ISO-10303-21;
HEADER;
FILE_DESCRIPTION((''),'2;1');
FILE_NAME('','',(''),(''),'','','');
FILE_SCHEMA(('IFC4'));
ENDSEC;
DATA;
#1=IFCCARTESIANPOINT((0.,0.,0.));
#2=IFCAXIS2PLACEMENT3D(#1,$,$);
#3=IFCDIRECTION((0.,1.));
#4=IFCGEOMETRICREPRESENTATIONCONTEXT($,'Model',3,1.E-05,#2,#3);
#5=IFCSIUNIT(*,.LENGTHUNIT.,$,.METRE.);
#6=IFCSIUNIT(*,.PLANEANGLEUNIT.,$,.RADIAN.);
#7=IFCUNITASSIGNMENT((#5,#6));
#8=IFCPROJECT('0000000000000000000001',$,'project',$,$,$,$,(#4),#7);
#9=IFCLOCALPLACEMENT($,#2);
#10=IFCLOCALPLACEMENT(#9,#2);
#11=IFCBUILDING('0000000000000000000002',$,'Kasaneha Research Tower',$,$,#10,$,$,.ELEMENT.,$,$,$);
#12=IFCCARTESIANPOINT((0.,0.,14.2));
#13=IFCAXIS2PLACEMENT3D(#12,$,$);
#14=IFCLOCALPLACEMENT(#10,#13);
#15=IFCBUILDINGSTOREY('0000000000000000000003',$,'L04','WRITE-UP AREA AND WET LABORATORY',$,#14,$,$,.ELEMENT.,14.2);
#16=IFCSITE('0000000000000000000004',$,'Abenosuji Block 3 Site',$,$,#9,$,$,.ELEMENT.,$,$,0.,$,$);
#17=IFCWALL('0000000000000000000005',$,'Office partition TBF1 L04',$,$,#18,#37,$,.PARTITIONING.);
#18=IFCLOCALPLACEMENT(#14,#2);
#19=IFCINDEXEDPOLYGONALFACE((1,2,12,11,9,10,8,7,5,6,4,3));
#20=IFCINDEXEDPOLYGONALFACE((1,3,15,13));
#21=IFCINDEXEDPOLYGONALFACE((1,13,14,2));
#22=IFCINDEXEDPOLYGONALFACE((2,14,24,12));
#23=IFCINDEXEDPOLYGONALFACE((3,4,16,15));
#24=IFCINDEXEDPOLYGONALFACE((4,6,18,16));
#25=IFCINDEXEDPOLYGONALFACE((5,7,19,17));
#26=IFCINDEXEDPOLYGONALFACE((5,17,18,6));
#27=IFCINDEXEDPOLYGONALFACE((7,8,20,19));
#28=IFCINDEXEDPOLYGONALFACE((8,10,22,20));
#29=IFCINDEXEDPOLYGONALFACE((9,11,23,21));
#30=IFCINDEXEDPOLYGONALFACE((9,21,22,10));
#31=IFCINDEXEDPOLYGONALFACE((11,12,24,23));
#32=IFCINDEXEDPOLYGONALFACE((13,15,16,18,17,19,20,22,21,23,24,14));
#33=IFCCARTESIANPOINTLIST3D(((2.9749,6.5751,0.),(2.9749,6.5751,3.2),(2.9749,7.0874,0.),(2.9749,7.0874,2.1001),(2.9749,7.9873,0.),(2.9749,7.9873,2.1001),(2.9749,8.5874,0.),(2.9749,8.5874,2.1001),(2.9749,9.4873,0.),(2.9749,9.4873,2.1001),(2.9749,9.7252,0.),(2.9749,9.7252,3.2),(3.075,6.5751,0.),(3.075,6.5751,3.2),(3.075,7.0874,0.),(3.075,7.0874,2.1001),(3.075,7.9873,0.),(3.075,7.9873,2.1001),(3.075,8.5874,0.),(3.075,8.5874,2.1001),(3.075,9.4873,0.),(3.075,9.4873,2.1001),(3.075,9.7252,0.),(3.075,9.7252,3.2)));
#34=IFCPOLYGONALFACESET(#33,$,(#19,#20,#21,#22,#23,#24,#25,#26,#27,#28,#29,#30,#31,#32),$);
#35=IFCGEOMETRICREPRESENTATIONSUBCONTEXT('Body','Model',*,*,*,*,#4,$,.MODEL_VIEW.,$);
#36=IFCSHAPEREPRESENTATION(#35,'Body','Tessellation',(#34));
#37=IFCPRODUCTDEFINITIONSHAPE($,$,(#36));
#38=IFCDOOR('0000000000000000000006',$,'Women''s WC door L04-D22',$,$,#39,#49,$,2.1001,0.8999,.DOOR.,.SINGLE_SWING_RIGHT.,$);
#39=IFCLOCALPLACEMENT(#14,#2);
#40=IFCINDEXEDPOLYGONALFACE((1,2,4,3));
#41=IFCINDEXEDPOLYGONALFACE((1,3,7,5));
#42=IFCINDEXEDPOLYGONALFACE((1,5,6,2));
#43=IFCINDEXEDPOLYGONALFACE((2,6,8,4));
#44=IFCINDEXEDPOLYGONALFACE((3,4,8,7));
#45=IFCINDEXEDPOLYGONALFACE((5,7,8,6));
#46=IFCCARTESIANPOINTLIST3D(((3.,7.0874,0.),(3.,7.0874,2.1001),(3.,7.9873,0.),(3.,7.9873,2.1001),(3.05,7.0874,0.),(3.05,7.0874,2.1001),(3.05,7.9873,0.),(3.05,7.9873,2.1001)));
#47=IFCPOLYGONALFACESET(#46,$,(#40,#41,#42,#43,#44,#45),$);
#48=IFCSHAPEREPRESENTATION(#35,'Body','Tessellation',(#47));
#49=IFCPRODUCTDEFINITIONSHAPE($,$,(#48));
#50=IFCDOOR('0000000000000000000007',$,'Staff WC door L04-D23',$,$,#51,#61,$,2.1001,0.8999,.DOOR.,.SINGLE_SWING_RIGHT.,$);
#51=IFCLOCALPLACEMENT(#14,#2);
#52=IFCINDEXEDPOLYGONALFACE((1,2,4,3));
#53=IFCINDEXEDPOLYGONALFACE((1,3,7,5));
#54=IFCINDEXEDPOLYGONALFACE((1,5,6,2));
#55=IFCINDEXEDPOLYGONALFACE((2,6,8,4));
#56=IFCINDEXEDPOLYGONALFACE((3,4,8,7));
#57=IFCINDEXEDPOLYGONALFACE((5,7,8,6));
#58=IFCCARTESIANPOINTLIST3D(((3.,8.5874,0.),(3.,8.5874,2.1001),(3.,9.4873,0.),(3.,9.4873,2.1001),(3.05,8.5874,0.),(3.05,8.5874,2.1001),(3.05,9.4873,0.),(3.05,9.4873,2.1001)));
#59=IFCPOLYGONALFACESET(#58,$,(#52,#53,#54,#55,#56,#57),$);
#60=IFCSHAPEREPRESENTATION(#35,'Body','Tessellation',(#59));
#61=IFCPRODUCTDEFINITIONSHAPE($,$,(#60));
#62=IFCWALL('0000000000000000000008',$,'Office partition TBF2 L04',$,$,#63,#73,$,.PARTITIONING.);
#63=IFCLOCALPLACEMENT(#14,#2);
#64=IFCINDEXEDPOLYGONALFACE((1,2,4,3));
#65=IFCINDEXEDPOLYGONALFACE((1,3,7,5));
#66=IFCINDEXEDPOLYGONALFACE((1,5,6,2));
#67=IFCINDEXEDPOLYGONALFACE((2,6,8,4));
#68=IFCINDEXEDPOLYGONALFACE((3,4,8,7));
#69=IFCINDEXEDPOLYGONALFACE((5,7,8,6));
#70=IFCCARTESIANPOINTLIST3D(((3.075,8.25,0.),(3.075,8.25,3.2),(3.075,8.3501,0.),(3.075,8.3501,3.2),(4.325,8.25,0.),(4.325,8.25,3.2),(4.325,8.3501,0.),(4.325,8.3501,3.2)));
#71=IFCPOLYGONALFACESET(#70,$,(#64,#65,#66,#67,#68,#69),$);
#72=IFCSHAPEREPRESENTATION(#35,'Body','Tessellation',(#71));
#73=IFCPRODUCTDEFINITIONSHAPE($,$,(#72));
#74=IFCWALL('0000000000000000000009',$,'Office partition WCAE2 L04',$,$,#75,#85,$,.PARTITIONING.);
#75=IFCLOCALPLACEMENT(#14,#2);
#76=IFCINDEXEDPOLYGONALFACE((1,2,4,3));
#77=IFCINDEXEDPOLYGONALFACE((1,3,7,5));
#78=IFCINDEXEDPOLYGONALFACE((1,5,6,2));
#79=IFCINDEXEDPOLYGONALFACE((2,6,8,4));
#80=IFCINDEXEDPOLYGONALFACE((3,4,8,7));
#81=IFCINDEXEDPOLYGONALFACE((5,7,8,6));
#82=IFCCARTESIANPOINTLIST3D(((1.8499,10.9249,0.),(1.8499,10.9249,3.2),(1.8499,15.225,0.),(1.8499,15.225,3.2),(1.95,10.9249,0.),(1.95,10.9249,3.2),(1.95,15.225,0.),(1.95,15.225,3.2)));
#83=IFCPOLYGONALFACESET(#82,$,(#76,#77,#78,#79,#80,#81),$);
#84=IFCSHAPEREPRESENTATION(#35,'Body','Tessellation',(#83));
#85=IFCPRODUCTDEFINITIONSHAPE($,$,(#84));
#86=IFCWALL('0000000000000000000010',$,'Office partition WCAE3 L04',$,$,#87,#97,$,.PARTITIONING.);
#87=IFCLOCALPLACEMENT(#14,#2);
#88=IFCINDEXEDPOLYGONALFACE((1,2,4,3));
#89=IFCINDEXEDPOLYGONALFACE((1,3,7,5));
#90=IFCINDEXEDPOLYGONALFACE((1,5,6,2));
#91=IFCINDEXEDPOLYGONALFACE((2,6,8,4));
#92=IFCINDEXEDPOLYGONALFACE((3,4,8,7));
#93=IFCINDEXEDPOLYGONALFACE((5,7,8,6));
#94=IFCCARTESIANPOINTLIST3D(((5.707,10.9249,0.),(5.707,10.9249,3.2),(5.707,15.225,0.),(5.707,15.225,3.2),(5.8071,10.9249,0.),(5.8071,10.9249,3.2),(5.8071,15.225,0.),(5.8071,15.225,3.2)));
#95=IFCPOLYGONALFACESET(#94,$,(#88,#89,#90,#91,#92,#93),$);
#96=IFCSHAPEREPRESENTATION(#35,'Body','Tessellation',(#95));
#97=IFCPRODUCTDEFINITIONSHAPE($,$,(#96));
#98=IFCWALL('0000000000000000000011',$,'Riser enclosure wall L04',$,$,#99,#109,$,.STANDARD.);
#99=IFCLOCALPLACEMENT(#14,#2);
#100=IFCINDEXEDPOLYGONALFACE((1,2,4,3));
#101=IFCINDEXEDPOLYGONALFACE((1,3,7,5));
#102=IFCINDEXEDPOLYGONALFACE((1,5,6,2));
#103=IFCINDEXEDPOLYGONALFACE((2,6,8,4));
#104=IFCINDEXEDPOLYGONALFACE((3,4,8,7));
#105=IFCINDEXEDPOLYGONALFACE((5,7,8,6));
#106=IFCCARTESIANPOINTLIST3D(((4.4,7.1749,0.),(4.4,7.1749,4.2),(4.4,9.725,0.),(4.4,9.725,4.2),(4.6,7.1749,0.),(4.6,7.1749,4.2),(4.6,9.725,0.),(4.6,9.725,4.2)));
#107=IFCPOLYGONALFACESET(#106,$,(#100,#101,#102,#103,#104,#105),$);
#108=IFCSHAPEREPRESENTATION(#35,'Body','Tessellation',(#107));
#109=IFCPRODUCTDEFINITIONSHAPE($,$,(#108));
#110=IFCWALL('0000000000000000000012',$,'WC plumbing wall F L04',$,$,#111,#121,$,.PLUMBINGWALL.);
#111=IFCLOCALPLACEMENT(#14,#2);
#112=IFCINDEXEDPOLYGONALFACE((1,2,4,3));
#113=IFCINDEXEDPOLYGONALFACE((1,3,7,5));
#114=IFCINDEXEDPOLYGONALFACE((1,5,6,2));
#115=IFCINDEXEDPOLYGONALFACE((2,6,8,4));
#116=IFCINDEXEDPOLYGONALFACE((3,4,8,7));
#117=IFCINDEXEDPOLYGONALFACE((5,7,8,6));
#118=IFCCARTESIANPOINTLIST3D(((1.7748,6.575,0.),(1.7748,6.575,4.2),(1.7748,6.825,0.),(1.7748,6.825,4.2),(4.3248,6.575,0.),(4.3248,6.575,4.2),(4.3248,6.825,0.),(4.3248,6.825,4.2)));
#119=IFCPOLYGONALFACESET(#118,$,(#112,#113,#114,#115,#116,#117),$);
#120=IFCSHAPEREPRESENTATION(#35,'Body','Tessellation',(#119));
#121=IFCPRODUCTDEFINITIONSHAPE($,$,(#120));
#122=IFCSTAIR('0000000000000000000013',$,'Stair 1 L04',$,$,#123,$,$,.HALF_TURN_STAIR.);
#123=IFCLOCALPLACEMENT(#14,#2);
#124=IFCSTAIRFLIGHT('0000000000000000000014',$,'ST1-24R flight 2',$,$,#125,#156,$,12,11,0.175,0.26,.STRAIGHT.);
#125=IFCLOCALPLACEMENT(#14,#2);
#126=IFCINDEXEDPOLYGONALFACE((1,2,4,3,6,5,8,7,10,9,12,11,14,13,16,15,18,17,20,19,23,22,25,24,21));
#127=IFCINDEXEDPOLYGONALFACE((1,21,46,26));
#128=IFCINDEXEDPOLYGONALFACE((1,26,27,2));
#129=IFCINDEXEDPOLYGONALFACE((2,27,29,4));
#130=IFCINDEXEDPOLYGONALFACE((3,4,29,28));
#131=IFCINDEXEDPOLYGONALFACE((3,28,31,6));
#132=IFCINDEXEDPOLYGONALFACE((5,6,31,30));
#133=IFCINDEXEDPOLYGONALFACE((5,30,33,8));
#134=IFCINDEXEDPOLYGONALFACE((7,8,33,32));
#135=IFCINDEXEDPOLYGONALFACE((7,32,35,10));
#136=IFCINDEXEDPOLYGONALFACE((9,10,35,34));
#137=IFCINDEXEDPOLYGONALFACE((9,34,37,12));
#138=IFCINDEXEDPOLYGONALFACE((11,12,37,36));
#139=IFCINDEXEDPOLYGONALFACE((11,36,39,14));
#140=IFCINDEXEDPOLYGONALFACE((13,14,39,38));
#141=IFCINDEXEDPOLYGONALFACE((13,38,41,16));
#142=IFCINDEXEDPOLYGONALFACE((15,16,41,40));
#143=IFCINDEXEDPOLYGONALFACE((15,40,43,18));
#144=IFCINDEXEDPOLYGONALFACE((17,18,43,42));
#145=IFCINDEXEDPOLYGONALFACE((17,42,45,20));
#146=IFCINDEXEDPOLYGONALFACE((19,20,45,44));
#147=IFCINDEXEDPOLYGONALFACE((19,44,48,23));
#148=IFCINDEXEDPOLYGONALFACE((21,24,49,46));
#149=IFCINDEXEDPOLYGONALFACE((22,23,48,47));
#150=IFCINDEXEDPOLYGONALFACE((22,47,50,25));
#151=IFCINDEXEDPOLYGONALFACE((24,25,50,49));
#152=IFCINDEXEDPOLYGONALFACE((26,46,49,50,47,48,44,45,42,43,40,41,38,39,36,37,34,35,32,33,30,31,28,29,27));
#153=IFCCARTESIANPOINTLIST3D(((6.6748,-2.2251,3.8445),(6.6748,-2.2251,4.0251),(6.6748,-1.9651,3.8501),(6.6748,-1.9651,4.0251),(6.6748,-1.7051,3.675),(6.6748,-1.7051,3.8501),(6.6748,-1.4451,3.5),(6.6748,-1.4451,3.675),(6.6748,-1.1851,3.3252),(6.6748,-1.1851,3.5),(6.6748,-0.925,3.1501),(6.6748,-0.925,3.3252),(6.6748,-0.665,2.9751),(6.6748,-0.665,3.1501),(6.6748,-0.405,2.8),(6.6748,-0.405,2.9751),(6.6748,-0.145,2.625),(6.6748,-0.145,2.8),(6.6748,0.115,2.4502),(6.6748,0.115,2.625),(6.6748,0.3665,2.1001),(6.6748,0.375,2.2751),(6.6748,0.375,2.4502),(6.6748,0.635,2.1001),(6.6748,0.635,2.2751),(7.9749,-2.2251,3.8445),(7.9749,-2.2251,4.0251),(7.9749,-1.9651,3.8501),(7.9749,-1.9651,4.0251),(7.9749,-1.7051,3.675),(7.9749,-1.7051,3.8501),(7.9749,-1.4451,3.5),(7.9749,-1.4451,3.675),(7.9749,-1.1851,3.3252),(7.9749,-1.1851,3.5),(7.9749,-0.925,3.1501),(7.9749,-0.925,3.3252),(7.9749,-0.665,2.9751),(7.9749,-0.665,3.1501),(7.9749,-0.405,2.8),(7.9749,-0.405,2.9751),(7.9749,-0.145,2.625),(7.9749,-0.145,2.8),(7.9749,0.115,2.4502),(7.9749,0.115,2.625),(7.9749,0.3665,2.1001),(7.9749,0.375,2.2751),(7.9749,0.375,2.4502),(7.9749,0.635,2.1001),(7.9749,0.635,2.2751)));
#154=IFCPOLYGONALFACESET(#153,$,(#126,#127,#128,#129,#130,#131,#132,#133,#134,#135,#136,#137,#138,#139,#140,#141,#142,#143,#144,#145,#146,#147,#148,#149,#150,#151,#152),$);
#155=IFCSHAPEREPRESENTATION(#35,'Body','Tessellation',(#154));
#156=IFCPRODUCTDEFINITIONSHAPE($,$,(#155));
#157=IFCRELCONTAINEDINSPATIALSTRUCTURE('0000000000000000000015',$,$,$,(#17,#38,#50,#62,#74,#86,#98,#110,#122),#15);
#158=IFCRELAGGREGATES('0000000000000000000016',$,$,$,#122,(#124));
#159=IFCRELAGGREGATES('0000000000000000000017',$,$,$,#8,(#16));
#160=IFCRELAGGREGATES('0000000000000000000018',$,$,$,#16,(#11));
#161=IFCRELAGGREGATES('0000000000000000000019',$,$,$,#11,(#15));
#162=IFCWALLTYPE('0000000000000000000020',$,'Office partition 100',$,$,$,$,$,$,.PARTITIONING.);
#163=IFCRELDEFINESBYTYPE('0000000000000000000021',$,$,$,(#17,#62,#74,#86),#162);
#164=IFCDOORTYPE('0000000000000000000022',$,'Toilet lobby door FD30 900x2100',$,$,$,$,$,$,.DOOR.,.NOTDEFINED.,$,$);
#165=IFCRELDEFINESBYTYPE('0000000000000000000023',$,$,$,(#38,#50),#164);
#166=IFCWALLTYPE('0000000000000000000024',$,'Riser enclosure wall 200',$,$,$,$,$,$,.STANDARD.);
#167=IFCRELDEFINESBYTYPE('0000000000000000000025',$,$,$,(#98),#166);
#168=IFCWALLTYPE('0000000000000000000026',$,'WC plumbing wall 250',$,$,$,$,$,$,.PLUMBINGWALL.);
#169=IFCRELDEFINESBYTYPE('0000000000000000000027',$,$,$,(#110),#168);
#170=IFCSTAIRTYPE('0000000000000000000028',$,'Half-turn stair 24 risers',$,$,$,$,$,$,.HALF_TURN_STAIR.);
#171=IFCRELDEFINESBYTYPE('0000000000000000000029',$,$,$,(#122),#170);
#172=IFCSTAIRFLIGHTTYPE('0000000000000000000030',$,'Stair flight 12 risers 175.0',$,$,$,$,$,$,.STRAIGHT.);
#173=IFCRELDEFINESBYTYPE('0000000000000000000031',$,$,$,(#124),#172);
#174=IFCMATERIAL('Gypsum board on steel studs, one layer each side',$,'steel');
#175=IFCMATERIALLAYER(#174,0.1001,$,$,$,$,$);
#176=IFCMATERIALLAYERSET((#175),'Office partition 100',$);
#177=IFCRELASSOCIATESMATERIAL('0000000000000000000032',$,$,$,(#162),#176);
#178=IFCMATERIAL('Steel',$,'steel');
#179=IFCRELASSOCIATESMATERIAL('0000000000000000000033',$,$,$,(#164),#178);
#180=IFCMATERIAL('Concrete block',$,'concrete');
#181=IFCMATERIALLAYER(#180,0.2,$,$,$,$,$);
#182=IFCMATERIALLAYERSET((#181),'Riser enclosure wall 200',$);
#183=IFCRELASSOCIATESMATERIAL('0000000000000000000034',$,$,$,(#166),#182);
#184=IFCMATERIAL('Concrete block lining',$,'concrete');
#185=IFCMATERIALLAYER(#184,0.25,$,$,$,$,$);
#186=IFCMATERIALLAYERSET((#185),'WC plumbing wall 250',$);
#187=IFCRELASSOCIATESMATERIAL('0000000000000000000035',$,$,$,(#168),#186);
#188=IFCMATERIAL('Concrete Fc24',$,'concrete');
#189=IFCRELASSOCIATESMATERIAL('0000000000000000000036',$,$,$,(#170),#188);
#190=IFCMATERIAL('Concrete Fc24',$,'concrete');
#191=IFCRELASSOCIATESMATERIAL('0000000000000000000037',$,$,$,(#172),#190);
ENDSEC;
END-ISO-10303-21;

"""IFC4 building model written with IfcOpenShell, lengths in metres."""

from ifc_helpers import new_model, si_unit, direction, frame, frame_2d, origin, place, context, subcontext, project, spatial, polyline, rectangle, outline, extrude, material, layer, layer_set, type_object, element, fill, aggregate, save


model = new_model("IFC4")

# Units and contexts
model_context = context("Model", 3, precision=1e-05, world=origin(), true_north=direction((0.0, 1.0)))
body_context = subcontext(model_context, "Body", "Model", "MODEL_VIEW")
ifc_project = project(units=[si_unit("LENGTHUNIT", "METRE"), si_unit("PLANEANGLEUNIT", "RADIAN")], contexts=[model_context])

# Site, building, storey
site_placement = place(None, origin())
site = spatial("IfcSite", under=ifc_project, at=site_placement, Name="Abenosuji Block 3 Site", CompositionType="ELEMENT", RefElevation=0.0)
building_placement = place(site_placement, origin())
building = spatial("IfcBuilding", under=site, at=building_placement, Name="Kasaneha Research Tower", CompositionType="ELEMENT")
storey_placement = place(building_placement, frame((0.0, 0.0, 14.2)))
storey = spatial("IfcBuildingStorey", under=building, at=storey_placement, Name="L04", Description="WRITE-UP AREA AND WET LABORATORY", CompositionType="ELEMENT", Elevation=14.2)

# Wall, openings, doors
ifc_material_1 = material(Name="Gypsum board on steel studs, one layer each side", Category="steel")
ifc_layer_1 = layer(ifc_material_1, 0.1001)
ifc_layer_set_1 = layer_set([ifc_layer_1], Name="Office partition 100")
wall_type_1 = type_object("IfcWallType", Name="Office partition 100", PredefinedType="PARTITIONING", material=ifc_layer_set_1)
wall_1_placement = place(storey_placement, frame((3.0249, 6.575, 0.0), z_axis=(0.0, 0.0, 1.0), x_axis=(0.0, 1.0, 0.0)))
wall_1 = element("IfcWall", 1, at=wall_1_placement, inside=storey, type_object=wall_type_1, Name="Office partition TBF1 L04", PredefinedType="PARTITIONING", context=body_context, shape_type="SweptSolid", body=[
    extrude(rectangle(XDim=3.1501, YDim=0.1001, at=frame_2d((1.5752, 0.0))), origin(), (0.0, 0.0, 1.0), 3.2),
])
opening_1_placement = place(wall_1_placement, frame((0.5125, 0.0, 0.0)))
opening_1 = element("IfcOpeningElement", 2, at=opening_1_placement, cuts=wall_1, PredefinedType="OPENING", context=body_context, shape_type="SweptSolid", body=[
    extrude(rectangle(XDim=0.8999, YDim=2.1001, at=frame_2d((0.45, 1.05))), frame((0.0, 0.0601, 0.0), z_axis=(0.0, -1.0, 0.0), x_axis=(1.0, 0.0, 0.0)), (0.0, 0.0, 1.0), 0.1201),
])
opening_2_placement = place(wall_1_placement, frame((2.0125, 0.0, 0.0)))
opening_2 = element("IfcOpeningElement", 3, at=opening_2_placement, cuts=wall_1, PredefinedType="OPENING", context=body_context, shape_type="SweptSolid", body=[
    extrude(rectangle(XDim=0.8999, YDim=2.1001, at=frame_2d((0.45, 1.05))), frame((0.0, 0.0601, 0.0), z_axis=(0.0, -1.0, 0.0), x_axis=(1.0, 0.0, 0.0)), (0.0, 0.0, 1.0), 0.1201),
])
ifc_material_2 = material(Name="Steel", Category="steel")
door_type_1 = type_object("IfcDoorType", Name="Toilet lobby door FD30 900x2100", OperationType="NOTDEFINED", PredefinedType="DOOR", material=ifc_material_2)
door_1_placement = place(opening_1_placement, origin())
door_1 = element("IfcDoor", 4, at=door_1_placement, inside=storey, type_object=door_type_1, Name="Women's WC door L04-D22", OperationType="SINGLE_SWING_RIGHT", OverallHeight=2.1001, OverallWidth=0.8999, PredefinedType="DOOR", context=body_context, shape_type="SweptSolid", body=[
    extrude(rectangle(XDim=0.8999, YDim=2.1001, at=frame_2d((0.45, 1.05))), frame((0.0, 0.0249, 0.0), z_axis=(0.0, -1.0, 0.0), x_axis=(1.0, 0.0, 0.0)), (0.0, 0.0, 1.0), 0.05),
])
fill(opening_1, door_1)
door_2_placement = place(opening_2_placement, origin())
door_2 = element("IfcDoor", 5, at=door_2_placement, inside=storey, type_object=door_type_1, Name="Staff WC door L04-D23", OperationType="SINGLE_SWING_RIGHT", OverallHeight=2.1001, OverallWidth=0.8999, PredefinedType="DOOR", context=body_context, shape_type="SweptSolid", body=[
    extrude(rectangle(XDim=0.8999, YDim=2.1001, at=frame_2d((0.45, 1.05))), frame((0.0, 0.0249, 0.0), z_axis=(0.0, -1.0, 0.0), x_axis=(1.0, 0.0, 0.0)), (0.0, 0.0, 1.0), 0.05),
])
fill(opening_2, door_2)

# Walls
wall_2_placement = place(storey_placement, frame((3.075, 8.3, 0.0), z_axis=(0.0, 0.0, 1.0), x_axis=(1.0, 0.0, 0.0)))
element("IfcWall", 6, at=wall_2_placement, inside=storey, type_object=wall_type_1, Name="Office partition TBF2 L04", PredefinedType="PARTITIONING", context=body_context, shape_type="SweptSolid", body=[
    extrude(rectangle(XDim=1.25, YDim=0.1001, at=frame_2d((0.625, 0.0))), origin(), (0.0, 0.0, 1.0), 3.2),
])
for number, where, z_axis, x_axis, name in (
    (7, (1.8999, 10.925, 0.0), (0.0, 0.0, 1.0), (0.0, 1.0, 0.0), "Office partition WCAE2 L04"),
    (8, (5.7571, 10.925, 0.0), (0.0, 0.0, 1.0), (0.0, 1.0, 0.0), "Office partition WCAE3 L04"),
):
    element("IfcWall", number, at=place(storey_placement, frame(where, z_axis=z_axis, x_axis=x_axis)), inside=storey, type_object=wall_type_1, Name=name, PredefinedType="PARTITIONING", context=body_context, shape_type="SweptSolid", body=[
        extrude(rectangle(XDim=4.3, YDim=0.1001, at=frame_2d((2.1499, 0.0))), origin(), (0.0, 0.0, 1.0), 3.2),
    ])
ifc_material_3 = material(Name="Concrete block", Category="concrete")
ifc_layer_2 = layer(ifc_material_3, 0.2)
ifc_layer_set_2 = layer_set([ifc_layer_2], Name="Riser enclosure wall 200")
wall_type_2 = type_object("IfcWallType", Name="Riser enclosure wall 200", PredefinedType="STANDARD", material=ifc_layer_set_2)
wall_3_placement = place(storey_placement, frame((4.5, 7.175, 0.0), z_axis=(0.0, 0.0, 1.0), x_axis=(0.0, 1.0, 0.0)))
element("IfcWall", 9, at=wall_3_placement, inside=storey, type_object=wall_type_2, Name="Riser enclosure wall L04", PredefinedType="STANDARD", context=body_context, shape_type="SweptSolid", body=[
    extrude(rectangle(XDim=2.55, YDim=0.2, at=frame_2d((1.2749, 0.0))), origin(), (0.0, 0.0, 1.0), 4.2),
])
ifc_material_4 = material(Name="Concrete block lining", Category="concrete")
ifc_layer_3 = layer(ifc_material_4, 0.25)
ifc_layer_set_3 = layer_set([ifc_layer_3], Name="WC plumbing wall 250")
wall_type_3 = type_object("IfcWallType", Name="WC plumbing wall 250", PredefinedType="PLUMBINGWALL", material=ifc_layer_set_3)
wall_4_placement = place(storey_placement, frame((1.7749, 6.7, 0.0), z_axis=(0.0, 0.0, 1.0), x_axis=(1.0, 0.0, 0.0)))
element("IfcWall", 10, at=wall_4_placement, inside=storey, type_object=wall_type_3, Name="WC plumbing wall F L04", PredefinedType="PLUMBINGWALL", context=body_context, shape_type="SweptSolid", body=[
    extrude(rectangle(XDim=2.55, YDim=0.25, at=frame_2d((1.2749, 0.0))), origin(), (0.0, 0.0, 1.0), 4.2),
])

# Stair, stair flight
ifc_material_5 = material(Name="Concrete Fc24", Category="concrete")
stair_type = type_object("IfcStairType", Name="Half-turn stair 24 risers", PredefinedType="HALF_TURN_STAIR", material=ifc_material_5)
stair_placement = place(storey_placement, origin())
stair = element("IfcStair", 11, at=stair_placement, inside=storey, type_object=stair_type, Name="Stair 1 L04", PredefinedType="HALF_TURN_STAIR")
ifc_material_6 = material(Name="Concrete Fc24", Category="concrete")
stair_flight_type = type_object("IfcStairFlightType", Name="Stair flight 12 risers 175.0", PredefinedType="STRAIGHT", material=ifc_material_6)
stair_flight_placement = place(storey_placement, frame((7.325, 0.635, 2.1001), z_axis=(0.0, 0.0, 1.0), x_axis=(0.0, -1.0, 0.0)))
stair_flight = element("IfcStairFlight", 12, at=stair_flight_placement, type_object=stair_flight_type, Name="ST1-24R flight 2", NumberOfRisers=12, NumberOfTreads=11, PredefinedType="STRAIGHT", RiserHeight=0.175, TreadLength=0.26, context=body_context, shape_type="SweptSolid", body=[
    extrude(outline(polyline([(0.0, 0.0), (0.0, 0.175), (0.26, 0.175), (0.26, 0.3501), (0.52, 0.3501), (0.52, 0.5249), (0.78, 0.5249), (0.78, 0.7), (1.04, 0.7), (1.04, 0.875), (1.3, 0.875), (1.3, 1.05), (1.5601, 1.05), (1.5601, 1.2251), (1.8201, 1.2251), (1.8201, 1.3999), (2.0801, 1.3999), (2.0801, 1.575), (2.3401, 1.575), (2.3401, 1.75), (2.6001, 1.75), (2.6001, 1.925), (2.8601, 1.925), (2.8601, 2.1001), (2.8601, 1.7444), (0.2686, 0.0), (0.0, 0.0)])), frame((0.0, 0.6499, 0.0), z_axis=(0.0, -1.0, 0.0), x_axis=(1.0, 0.0, 0.0)), (0.0, 0.0, 1.0), 1.3),
])
aggregate(stair, [stair_flight])

save(model, "model.ifc")
